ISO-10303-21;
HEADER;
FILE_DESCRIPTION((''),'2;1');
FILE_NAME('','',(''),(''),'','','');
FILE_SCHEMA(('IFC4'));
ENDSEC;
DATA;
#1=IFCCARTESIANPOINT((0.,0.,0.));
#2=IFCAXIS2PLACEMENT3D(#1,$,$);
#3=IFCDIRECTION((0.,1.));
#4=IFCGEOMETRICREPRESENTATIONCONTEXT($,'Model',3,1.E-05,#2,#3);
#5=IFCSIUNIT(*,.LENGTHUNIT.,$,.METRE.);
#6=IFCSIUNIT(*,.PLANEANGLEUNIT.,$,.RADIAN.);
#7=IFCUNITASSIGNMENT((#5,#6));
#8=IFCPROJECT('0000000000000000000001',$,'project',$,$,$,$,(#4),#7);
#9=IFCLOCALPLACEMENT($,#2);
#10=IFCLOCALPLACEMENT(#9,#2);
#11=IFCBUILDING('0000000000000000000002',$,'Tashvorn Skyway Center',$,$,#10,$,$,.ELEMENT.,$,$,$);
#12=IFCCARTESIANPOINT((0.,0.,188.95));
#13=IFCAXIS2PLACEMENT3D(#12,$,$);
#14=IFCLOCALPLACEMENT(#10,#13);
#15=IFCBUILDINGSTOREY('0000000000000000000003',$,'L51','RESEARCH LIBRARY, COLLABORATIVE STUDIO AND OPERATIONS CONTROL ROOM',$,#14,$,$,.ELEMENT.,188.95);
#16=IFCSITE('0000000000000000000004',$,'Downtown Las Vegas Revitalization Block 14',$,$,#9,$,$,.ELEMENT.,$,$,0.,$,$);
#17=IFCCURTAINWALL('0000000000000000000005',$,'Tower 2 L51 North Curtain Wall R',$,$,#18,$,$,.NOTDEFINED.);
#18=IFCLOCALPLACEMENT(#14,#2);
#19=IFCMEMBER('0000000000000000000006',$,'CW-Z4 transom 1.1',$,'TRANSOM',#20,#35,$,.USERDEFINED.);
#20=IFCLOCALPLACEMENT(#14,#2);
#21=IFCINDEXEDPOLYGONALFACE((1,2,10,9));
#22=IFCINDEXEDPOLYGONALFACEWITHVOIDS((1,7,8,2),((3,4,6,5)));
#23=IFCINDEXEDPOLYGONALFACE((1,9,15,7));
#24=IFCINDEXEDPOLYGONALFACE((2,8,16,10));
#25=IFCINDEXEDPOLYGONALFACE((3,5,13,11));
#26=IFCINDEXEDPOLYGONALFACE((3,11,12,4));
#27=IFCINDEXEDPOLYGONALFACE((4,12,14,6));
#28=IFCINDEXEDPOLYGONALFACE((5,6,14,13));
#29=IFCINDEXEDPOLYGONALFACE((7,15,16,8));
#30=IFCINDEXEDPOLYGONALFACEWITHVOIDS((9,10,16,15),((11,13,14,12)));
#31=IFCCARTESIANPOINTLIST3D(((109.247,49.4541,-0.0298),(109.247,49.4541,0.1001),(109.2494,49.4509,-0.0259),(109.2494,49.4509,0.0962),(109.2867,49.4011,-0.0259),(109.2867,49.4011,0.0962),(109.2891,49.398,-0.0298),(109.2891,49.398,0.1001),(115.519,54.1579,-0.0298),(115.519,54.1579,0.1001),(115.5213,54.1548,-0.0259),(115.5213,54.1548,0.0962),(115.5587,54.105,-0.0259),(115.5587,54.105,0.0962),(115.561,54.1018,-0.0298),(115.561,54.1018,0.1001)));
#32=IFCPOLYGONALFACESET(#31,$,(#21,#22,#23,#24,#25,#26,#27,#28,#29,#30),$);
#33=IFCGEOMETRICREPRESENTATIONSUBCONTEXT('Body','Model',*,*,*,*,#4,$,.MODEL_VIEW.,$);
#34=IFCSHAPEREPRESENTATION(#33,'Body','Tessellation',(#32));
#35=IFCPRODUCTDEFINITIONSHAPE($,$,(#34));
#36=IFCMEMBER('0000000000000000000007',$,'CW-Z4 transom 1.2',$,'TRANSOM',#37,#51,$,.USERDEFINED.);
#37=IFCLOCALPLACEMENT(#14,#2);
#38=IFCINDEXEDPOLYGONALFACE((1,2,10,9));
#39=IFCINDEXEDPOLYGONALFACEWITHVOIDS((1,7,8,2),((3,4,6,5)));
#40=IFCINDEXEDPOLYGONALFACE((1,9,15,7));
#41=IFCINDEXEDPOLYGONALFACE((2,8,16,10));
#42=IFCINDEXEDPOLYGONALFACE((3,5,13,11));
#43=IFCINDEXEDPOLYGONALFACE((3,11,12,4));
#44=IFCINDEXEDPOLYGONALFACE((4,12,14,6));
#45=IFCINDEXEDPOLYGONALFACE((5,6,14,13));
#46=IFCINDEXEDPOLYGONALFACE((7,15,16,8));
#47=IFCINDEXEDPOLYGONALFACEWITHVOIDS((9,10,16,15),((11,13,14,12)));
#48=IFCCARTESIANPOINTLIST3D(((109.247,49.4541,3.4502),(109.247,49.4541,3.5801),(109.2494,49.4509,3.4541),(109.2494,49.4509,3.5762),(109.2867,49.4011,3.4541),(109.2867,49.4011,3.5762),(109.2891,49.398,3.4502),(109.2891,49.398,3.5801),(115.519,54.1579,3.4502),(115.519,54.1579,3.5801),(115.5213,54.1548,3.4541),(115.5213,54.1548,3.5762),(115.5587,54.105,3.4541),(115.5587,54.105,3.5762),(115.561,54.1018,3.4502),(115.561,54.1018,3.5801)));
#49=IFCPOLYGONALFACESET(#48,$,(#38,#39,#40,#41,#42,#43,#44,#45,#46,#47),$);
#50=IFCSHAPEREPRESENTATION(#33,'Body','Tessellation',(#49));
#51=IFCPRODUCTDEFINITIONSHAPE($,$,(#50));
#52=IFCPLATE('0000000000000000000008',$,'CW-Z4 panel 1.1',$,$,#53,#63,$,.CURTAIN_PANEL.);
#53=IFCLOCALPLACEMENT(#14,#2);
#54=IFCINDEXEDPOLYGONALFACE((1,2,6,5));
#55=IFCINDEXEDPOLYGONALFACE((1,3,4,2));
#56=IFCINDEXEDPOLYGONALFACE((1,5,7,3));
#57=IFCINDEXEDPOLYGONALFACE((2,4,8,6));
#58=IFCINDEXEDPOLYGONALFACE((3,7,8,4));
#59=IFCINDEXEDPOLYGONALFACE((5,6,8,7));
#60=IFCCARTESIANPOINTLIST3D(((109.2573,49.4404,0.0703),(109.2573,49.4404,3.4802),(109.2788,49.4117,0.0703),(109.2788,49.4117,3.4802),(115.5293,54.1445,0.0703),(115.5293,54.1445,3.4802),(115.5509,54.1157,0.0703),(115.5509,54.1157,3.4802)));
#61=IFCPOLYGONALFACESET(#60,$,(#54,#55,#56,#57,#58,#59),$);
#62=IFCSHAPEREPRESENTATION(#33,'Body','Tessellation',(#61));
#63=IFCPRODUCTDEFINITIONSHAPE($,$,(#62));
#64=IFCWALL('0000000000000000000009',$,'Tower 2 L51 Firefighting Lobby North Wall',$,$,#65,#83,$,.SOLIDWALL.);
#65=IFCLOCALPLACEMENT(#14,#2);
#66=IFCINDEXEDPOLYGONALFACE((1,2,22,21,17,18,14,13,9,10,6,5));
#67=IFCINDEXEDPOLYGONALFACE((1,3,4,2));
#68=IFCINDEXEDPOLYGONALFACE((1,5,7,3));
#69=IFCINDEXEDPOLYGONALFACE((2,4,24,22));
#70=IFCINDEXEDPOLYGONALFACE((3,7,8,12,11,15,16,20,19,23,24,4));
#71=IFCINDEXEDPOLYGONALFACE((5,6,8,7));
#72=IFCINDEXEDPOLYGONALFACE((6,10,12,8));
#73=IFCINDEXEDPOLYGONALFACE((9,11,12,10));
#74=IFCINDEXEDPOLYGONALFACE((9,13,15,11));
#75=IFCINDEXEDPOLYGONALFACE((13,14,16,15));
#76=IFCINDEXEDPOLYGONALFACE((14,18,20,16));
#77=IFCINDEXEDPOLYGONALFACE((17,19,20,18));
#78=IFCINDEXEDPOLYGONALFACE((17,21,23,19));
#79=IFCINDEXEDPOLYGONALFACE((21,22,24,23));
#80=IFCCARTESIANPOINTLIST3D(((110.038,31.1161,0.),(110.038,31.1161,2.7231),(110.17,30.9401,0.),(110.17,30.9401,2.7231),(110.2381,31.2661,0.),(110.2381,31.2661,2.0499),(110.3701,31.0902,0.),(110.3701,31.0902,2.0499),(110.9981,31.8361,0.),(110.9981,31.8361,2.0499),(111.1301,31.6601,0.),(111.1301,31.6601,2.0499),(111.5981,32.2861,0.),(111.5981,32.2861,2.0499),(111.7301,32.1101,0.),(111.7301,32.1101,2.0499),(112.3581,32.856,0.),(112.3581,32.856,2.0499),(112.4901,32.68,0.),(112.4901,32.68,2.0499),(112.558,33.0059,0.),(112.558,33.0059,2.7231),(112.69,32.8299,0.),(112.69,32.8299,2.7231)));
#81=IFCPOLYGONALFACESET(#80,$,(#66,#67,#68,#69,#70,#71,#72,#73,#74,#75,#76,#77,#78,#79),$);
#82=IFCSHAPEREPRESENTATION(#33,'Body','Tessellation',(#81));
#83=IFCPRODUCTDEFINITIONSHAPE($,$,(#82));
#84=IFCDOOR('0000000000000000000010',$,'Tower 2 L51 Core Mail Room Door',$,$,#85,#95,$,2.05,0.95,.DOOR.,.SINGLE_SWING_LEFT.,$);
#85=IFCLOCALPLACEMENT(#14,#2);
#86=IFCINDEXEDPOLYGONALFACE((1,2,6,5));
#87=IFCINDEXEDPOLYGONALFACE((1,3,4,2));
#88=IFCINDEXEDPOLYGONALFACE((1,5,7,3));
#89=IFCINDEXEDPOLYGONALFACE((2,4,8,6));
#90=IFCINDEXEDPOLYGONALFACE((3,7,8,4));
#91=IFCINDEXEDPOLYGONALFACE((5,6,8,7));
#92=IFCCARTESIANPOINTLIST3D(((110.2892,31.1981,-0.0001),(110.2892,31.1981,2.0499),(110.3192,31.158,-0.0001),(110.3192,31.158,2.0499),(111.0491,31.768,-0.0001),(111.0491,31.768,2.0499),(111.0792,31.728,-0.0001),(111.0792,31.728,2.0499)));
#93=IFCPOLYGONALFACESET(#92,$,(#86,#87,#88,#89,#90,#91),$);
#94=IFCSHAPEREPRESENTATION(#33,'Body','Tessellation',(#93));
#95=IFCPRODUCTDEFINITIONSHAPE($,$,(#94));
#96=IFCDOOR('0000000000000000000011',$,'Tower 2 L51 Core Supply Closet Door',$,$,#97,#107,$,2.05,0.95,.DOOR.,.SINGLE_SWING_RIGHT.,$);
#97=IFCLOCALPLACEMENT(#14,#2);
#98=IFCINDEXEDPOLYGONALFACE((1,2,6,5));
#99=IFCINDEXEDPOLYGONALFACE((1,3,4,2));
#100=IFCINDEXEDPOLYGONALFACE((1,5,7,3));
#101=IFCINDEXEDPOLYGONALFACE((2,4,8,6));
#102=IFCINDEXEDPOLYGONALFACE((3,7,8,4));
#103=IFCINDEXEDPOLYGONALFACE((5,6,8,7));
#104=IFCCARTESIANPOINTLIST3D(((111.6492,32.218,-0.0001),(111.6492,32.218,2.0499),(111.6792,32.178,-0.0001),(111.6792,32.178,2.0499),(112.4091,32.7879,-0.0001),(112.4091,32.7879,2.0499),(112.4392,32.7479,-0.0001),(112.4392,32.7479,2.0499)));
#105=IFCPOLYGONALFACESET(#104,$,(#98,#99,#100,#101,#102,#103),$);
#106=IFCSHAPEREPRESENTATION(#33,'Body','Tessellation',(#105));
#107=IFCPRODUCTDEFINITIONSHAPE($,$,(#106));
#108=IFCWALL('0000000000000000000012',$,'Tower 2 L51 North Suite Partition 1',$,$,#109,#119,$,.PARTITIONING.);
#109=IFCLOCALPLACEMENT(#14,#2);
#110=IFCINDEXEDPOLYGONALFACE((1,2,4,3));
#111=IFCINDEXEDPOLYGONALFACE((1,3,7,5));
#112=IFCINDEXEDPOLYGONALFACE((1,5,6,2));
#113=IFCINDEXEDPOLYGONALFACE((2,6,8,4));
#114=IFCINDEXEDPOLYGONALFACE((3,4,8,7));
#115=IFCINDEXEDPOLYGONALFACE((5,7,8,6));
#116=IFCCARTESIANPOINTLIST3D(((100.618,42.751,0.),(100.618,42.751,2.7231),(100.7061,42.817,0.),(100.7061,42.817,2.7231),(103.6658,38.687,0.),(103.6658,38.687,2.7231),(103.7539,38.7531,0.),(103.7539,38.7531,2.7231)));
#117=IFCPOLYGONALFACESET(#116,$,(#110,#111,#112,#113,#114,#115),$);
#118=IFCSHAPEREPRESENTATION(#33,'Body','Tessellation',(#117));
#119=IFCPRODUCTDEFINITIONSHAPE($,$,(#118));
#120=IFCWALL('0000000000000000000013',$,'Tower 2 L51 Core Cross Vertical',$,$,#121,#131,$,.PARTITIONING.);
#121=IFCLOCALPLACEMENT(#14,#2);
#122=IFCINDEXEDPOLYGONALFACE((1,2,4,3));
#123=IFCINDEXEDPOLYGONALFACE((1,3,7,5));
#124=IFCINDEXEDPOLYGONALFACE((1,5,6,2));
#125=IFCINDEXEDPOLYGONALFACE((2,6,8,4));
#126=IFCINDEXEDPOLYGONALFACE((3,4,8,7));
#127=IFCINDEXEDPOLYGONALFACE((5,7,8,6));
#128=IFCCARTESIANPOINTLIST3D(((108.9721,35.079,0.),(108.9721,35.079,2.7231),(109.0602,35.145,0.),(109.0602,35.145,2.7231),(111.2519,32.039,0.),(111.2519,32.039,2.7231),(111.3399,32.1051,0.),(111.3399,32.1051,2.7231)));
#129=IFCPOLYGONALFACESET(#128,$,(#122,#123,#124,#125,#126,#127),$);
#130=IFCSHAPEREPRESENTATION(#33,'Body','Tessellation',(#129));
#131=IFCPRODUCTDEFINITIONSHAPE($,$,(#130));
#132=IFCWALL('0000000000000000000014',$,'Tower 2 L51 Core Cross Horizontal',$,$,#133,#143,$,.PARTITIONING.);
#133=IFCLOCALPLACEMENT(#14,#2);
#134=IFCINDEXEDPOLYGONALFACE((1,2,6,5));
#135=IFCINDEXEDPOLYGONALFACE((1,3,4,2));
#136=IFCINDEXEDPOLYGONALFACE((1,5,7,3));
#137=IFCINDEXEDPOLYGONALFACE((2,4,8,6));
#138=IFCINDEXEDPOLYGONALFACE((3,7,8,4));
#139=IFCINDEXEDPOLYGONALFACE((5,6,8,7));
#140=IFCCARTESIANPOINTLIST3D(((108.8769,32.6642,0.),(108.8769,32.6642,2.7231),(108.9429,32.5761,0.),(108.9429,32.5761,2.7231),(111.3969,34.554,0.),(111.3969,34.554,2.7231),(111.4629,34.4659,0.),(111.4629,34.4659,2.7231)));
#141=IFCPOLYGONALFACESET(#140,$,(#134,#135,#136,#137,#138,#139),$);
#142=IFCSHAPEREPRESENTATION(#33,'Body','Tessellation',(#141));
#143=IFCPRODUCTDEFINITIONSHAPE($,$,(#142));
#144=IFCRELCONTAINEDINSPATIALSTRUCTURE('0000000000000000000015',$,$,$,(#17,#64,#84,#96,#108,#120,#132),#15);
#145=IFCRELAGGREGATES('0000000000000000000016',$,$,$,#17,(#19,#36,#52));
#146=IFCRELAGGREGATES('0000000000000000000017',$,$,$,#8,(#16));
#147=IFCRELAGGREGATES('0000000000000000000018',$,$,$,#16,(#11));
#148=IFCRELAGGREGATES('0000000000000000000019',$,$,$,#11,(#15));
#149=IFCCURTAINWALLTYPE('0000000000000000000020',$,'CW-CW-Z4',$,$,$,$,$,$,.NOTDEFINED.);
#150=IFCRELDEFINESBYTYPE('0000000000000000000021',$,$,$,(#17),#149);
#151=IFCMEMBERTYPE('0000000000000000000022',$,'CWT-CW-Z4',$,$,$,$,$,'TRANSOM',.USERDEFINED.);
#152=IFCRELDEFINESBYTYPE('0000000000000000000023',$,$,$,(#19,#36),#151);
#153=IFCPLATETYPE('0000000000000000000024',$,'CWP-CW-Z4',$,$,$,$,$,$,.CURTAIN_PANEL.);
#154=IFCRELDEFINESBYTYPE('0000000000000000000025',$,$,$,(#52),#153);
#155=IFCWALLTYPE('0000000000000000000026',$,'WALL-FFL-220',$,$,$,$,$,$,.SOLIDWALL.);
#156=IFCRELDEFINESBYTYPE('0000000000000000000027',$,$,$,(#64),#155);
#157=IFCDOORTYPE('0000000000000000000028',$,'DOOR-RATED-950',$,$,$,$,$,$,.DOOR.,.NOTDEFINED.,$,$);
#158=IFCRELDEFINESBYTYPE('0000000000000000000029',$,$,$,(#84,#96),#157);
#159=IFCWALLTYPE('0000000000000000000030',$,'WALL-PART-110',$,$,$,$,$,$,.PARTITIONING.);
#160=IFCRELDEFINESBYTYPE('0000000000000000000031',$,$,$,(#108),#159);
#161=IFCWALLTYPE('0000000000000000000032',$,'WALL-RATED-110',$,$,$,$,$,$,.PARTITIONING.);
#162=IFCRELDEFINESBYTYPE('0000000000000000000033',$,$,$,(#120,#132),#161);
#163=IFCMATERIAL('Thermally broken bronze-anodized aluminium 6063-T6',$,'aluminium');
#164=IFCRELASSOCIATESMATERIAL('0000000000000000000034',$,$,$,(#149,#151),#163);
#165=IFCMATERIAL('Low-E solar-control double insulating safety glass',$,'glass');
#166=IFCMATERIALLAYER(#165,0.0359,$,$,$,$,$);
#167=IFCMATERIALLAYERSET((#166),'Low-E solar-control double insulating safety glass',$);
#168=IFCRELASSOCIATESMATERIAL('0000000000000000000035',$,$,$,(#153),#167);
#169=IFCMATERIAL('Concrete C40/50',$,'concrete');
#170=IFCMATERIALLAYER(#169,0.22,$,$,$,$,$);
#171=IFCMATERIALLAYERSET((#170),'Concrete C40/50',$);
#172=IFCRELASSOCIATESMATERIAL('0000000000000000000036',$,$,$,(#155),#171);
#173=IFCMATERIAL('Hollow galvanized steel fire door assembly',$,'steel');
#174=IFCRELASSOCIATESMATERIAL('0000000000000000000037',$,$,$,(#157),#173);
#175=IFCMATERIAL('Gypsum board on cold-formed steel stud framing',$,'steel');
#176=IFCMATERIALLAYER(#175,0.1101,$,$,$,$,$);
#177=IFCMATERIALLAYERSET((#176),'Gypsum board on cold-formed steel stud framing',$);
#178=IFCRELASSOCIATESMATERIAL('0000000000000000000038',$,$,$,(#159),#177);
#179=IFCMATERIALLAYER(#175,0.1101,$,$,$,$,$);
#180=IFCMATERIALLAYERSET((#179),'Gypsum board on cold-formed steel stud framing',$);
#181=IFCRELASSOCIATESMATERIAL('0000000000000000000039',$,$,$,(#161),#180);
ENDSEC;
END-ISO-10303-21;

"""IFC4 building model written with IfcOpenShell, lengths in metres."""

from ifc_helpers import new_model, si_unit, direction, frame, frame_2d, origin, origin_2d, place, context, subcontext, project, spatial, rectangle, hollow_rectangle, extrude, material, layer, layer_set, material_profile, profile_set, type_object, element, fill, aggregate, save


model = new_model("IFC4")

# Units and contexts
model_context = context("Model", 3, precision=1e-05, world=origin(), true_north=direction((0.0, 1.0)))
body_context = subcontext(model_context, "Body", "Model", "MODEL_VIEW")
ifc_project = project(units=[si_unit("LENGTHUNIT", "METRE"), si_unit("PLANEANGLEUNIT", "RADIAN")], contexts=[model_context])

# Site, building, storey
site_placement = place(None, origin())
site = spatial("IfcSite", under=ifc_project, at=site_placement, Name="Downtown Las Vegas Revitalization Block 14", CompositionType="ELEMENT", RefElevation=0.0)
building_placement = place(site_placement, origin())
building = spatial("IfcBuilding", under=site, at=building_placement, Name="Tashvorn Skyway Center", CompositionType="ELEMENT")
storey_placement = place(building_placement, frame((0.0, 0.0, 188.95)))
storey = spatial("IfcBuildingStorey", under=building, at=storey_placement, Name="L51", Description="RESEARCH LIBRARY, COLLABORATIVE STUDIO AND OPERATIONS CONTROL ROOM", CompositionType="ELEMENT", Elevation=188.95)

# Curtain wall, members, plate
ifc_material_1 = material(Name="Thermally broken bronze-anodized aluminium 6063-T6", Category="aluminium")
curtain_wall_type = type_object("IfcCurtainWallType", Name="CW-CW-Z4", PredefinedType="NOTDEFINED", material=ifc_material_1)
curtain_wall_placement = place(storey_placement, origin())
curtain_wall = element("IfcCurtainWall", 1, at=curtain_wall_placement, inside=storey, type_object=curtain_wall_type, Name="Tower 2 L51 North Curtain Wall R", PredefinedType="NOTDEFINED")
ifc_material_profile_1 = material_profile(ifc_material_1, hollow_rectangle(XDim=0.0701, YDim=0.1299, WallThickness=0.0039, at=origin_2d()), Name="ALU-TRAN-70x130")
ifc_profile_set_1 = profile_set([ifc_material_profile_1], Name="Thermally broken bronze-anodized aluminium 6063-T6")
member_type_1 = type_object("IfcMemberType", Name="CWT-CW-Z4", ElementType="TRANSOM", PredefinedType="USERDEFINED", material=ifc_profile_set_1)
member_1_placement = place(storey_placement, frame((109.2681, 49.426, 0.0352), z_axis=(0.800007, 0.59999, 0.0), x_axis=(-0.59999, 0.800007, 0.0)))
member_1 = element("IfcMember", 2, at=member_1_placement, type_object=member_type_1, Name="CW-Z4 transom 1.1", ObjectType="TRANSOM", PredefinedType="USERDEFINED", context=body_context, shape_type="SweptSolid", body=[
    extrude(hollow_rectangle(XDim=0.0701, YDim=0.1299, WallThickness=0.0039, at=origin_2d()), origin(), (0.0, 0.0, 1.0), 7.8398),
])
member_2_placement = place(storey_placement, frame((109.2681, 49.426, 3.5151), z_axis=(0.800007, 0.59999, 0.0), x_axis=(-0.59999, 0.800007, 0.0)))
member_2 = element("IfcMember", 3, at=member_2_placement, type_object=member_type_1, Name="CW-Z4 transom 1.2", ObjectType="TRANSOM", PredefinedType="USERDEFINED", context=body_context, shape_type="SweptSolid", body=[
    extrude(hollow_rectangle(XDim=0.0701, YDim=0.1299, WallThickness=0.0039, at=origin_2d()), origin(), (0.0, 0.0, 1.0), 7.8398),
])
ifc_material_2 = material(Name="Low-E solar-control double insulating safety glass", Category="glass")
ifc_layer_1 = layer(ifc_material_2, 0.0359)
ifc_layer_set_1 = layer_set([ifc_layer_1], Name="Low-E solar-control double insulating safety glass")
plate_type = type_object("IfcPlateType", Name="CWP-CW-Z4", PredefinedType="CURTAIN_PANEL", material=ifc_layer_set_1)
plate_placement = place(storey_placement, frame((112.4041, 51.7781, 0.0703), z_axis=(0.0, 0.0, 1.0), x_axis=(0.8, 0.6, 0.0)))
plate = element("IfcPlate", 4, at=plate_placement, type_object=plate_type, Name="CW-Z4 panel 1.1", PredefinedType="CURTAIN_PANEL", context=body_context, shape_type="SweptSolid", body=[
    extrude(rectangle(XDim=7.8401, YDim=0.0359, at=origin_2d()), origin(), (0.0, 0.0, 1.0), 3.4099),
])
aggregate(curtain_wall, [member_1, member_2, plate])

# Wall, openings, doors
ifc_material_3 = material(Name="Concrete C40/50", Category="concrete")
ifc_layer_2 = layer(ifc_material_3, 0.22)
ifc_layer_set_2 = layer_set([ifc_layer_2], Name="Concrete C40/50")
wall_type_1 = type_object("IfcWallType", Name="WALL-FFL-220", PredefinedType="SOLIDWALL", material=ifc_layer_set_2)
wall_1_placement = place(storey_placement, frame((110.104, 31.0281, 0.0), z_axis=(0.0, 0.0, 1.0), x_axis=(0.800019, 0.599975, 0.0)))
wall_1 = element("IfcWall", 5, at=wall_1_placement, inside=storey, type_object=wall_type_1, Name="Tower 2 L51 Firefighting Lobby North Wall", PredefinedType="SOLIDWALL", context=body_context, shape_type="SweptSolid", body=[
    extrude(rectangle(XDim=3.1499, YDim=0.22, at=frame_2d((1.575, 0.0))), origin(), (0.0, 0.0, 1.0), 2.7231),
])
opening_1_placement = place(wall_1_placement, frame((0.25, 0.0, 0.0)))
opening_1 = element("IfcOpeningElement", 6, at=opening_1_placement, cuts=wall_1, PredefinedType="OPENING", context=body_context, shape_type="SweptSolid", body=[
    extrude(rectangle(XDim=0.95, YDim=2.05, at=frame_2d((0.4751, 1.0249))), frame((0.0, 0.1199, 0.0), z_axis=(0.0, -1.0, 0.0), x_axis=(1.0, 0.0, 0.0)), (0.0, 0.0, 1.0), 0.24),
])
opening_2_placement = place(wall_1_placement, frame((1.95, 0.0, 0.0)))
opening_2 = element("IfcOpeningElement", 7, at=opening_2_placement, cuts=wall_1, PredefinedType="OPENING", context=body_context, shape_type="SweptSolid", body=[
    extrude(rectangle(XDim=0.95, YDim=2.05, at=frame_2d((0.4751, 1.0249))), frame((0.0, 0.1199, 0.0), z_axis=(0.0, -1.0, 0.0), x_axis=(1.0, 0.0, 0.0)), (0.0, 0.0, 1.0), 0.24),
])
ifc_material_4 = material(Name="Hollow galvanized steel fire door assembly", Category="steel")
door_type = type_object("IfcDoorType", Name="DOOR-RATED-950", OperationType="NOTDEFINED", PredefinedType="DOOR", material=ifc_material_4)
door_1_placement = place(opening_1_placement, origin())
door_1 = element("IfcDoor", 8, at=door_1_placement, inside=storey, type_object=door_type, Name="Tower 2 L51 Core Mail Room Door", OperationType="SINGLE_SWING_LEFT", OverallHeight=2.05, OverallWidth=0.95, PredefinedType="DOOR", context=body_context, shape_type="SweptSolid", body=[
    extrude(rectangle(XDim=0.95, YDim=2.05, at=frame_2d((0.4751, 1.0249))), frame((0.0, 0.0249, 0.0), z_axis=(0.0, -1.0, 0.0), x_axis=(1.0, 0.0, 0.0)), (0.0, 0.0, 1.0), 0.05),
])
fill(opening_1, door_1)
door_2_placement = place(opening_2_placement, origin())
door_2 = element("IfcDoor", 9, at=door_2_placement, inside=storey, type_object=door_type, Name="Tower 2 L51 Core Supply Closet Door", OperationType="SINGLE_SWING_RIGHT", OverallHeight=2.05, OverallWidth=0.95, PredefinedType="DOOR", context=body_context, shape_type="SweptSolid", body=[
    extrude(rectangle(XDim=0.95, YDim=2.05, at=frame_2d((0.4751, 1.0249))), frame((0.0, 0.0249, 0.0), z_axis=(0.0, -1.0, 0.0), x_axis=(1.0, 0.0, 0.0)), (0.0, 0.0, 1.0), 0.05),
])
fill(opening_2, door_2)

# Walls
ifc_material_5 = material(Name="Gypsum board on cold-formed steel stud framing", Category="steel")
ifc_layer_3 = layer(ifc_material_5, 0.1101)
ifc_layer_set_3 = layer_set([ifc_layer_3], Name="Gypsum board on cold-formed steel stud framing")
wall_type_2 = type_object("IfcWallType", Name="WALL-PART-110", PredefinedType="PARTITIONING", material=ifc_layer_set_3)
wall_2_placement = place(storey_placement, frame((103.71, 38.72, 0.0), z_axis=(0.0, 0.0, 1.0), x_axis=(-0.599985, 0.800012, 0.0)))
element("IfcWall", 10, at=wall_2_placement, inside=storey, type_object=wall_type_2, Name="Tower 2 L51 North Suite Partition 1", PredefinedType="PARTITIONING", context=body_context, shape_type="SweptSolid", body=[
    extrude(rectangle(XDim=5.0798, YDim=0.1101, at=frame_2d((2.54, 0.0))), origin(), (0.0, 0.0, 1.0), 2.7231),
])
ifc_layer_4 = layer(ifc_material_5, 0.1101)
ifc_layer_set_4 = layer_set([ifc_layer_4], Name="Gypsum board on cold-formed steel stud framing")
wall_type_3 = type_object("IfcWallType", Name="WALL-RATED-110", PredefinedType="PARTITIONING", material=ifc_layer_set_4)
wall_3_placement = place(storey_placement, frame((111.2959, 32.072, 0.0), z_axis=(0.0, 0.0, 1.0), x_axis=(-0.599959, 0.800031, 0.0)))
element("IfcWall", 11, at=wall_3_placement, inside=storey, type_object=wall_type_3, Name="Tower 2 L51 Core Cross Vertical", PredefinedType="PARTITIONING", context=body_context, shape_type="SweptSolid", body=[
    extrude(rectangle(XDim=3.7998, YDim=0.1101, at=frame_2d((1.8999, 0.0))), origin(), (0.0, 0.0, 1.0), 2.7231),
])
wall_4_placement = place(storey_placement, frame((108.9099, 32.6201, 0.0), z_axis=(0.0, 0.0, 1.0), x_axis=(0.800019, 0.599975, 0.0)))
element("IfcWall", 12, at=wall_4_placement, inside=storey, type_object=wall_type_3, Name="Tower 2 L51 Core Cross Horizontal", PredefinedType="PARTITIONING", context=body_context, shape_type="SweptSolid", body=[
    extrude(rectangle(XDim=3.1499, YDim=0.1101, at=frame_2d((1.575, 0.0))), origin(), (0.0, 0.0, 1.0), 2.7231),
])

save(model, "model.ifc")
